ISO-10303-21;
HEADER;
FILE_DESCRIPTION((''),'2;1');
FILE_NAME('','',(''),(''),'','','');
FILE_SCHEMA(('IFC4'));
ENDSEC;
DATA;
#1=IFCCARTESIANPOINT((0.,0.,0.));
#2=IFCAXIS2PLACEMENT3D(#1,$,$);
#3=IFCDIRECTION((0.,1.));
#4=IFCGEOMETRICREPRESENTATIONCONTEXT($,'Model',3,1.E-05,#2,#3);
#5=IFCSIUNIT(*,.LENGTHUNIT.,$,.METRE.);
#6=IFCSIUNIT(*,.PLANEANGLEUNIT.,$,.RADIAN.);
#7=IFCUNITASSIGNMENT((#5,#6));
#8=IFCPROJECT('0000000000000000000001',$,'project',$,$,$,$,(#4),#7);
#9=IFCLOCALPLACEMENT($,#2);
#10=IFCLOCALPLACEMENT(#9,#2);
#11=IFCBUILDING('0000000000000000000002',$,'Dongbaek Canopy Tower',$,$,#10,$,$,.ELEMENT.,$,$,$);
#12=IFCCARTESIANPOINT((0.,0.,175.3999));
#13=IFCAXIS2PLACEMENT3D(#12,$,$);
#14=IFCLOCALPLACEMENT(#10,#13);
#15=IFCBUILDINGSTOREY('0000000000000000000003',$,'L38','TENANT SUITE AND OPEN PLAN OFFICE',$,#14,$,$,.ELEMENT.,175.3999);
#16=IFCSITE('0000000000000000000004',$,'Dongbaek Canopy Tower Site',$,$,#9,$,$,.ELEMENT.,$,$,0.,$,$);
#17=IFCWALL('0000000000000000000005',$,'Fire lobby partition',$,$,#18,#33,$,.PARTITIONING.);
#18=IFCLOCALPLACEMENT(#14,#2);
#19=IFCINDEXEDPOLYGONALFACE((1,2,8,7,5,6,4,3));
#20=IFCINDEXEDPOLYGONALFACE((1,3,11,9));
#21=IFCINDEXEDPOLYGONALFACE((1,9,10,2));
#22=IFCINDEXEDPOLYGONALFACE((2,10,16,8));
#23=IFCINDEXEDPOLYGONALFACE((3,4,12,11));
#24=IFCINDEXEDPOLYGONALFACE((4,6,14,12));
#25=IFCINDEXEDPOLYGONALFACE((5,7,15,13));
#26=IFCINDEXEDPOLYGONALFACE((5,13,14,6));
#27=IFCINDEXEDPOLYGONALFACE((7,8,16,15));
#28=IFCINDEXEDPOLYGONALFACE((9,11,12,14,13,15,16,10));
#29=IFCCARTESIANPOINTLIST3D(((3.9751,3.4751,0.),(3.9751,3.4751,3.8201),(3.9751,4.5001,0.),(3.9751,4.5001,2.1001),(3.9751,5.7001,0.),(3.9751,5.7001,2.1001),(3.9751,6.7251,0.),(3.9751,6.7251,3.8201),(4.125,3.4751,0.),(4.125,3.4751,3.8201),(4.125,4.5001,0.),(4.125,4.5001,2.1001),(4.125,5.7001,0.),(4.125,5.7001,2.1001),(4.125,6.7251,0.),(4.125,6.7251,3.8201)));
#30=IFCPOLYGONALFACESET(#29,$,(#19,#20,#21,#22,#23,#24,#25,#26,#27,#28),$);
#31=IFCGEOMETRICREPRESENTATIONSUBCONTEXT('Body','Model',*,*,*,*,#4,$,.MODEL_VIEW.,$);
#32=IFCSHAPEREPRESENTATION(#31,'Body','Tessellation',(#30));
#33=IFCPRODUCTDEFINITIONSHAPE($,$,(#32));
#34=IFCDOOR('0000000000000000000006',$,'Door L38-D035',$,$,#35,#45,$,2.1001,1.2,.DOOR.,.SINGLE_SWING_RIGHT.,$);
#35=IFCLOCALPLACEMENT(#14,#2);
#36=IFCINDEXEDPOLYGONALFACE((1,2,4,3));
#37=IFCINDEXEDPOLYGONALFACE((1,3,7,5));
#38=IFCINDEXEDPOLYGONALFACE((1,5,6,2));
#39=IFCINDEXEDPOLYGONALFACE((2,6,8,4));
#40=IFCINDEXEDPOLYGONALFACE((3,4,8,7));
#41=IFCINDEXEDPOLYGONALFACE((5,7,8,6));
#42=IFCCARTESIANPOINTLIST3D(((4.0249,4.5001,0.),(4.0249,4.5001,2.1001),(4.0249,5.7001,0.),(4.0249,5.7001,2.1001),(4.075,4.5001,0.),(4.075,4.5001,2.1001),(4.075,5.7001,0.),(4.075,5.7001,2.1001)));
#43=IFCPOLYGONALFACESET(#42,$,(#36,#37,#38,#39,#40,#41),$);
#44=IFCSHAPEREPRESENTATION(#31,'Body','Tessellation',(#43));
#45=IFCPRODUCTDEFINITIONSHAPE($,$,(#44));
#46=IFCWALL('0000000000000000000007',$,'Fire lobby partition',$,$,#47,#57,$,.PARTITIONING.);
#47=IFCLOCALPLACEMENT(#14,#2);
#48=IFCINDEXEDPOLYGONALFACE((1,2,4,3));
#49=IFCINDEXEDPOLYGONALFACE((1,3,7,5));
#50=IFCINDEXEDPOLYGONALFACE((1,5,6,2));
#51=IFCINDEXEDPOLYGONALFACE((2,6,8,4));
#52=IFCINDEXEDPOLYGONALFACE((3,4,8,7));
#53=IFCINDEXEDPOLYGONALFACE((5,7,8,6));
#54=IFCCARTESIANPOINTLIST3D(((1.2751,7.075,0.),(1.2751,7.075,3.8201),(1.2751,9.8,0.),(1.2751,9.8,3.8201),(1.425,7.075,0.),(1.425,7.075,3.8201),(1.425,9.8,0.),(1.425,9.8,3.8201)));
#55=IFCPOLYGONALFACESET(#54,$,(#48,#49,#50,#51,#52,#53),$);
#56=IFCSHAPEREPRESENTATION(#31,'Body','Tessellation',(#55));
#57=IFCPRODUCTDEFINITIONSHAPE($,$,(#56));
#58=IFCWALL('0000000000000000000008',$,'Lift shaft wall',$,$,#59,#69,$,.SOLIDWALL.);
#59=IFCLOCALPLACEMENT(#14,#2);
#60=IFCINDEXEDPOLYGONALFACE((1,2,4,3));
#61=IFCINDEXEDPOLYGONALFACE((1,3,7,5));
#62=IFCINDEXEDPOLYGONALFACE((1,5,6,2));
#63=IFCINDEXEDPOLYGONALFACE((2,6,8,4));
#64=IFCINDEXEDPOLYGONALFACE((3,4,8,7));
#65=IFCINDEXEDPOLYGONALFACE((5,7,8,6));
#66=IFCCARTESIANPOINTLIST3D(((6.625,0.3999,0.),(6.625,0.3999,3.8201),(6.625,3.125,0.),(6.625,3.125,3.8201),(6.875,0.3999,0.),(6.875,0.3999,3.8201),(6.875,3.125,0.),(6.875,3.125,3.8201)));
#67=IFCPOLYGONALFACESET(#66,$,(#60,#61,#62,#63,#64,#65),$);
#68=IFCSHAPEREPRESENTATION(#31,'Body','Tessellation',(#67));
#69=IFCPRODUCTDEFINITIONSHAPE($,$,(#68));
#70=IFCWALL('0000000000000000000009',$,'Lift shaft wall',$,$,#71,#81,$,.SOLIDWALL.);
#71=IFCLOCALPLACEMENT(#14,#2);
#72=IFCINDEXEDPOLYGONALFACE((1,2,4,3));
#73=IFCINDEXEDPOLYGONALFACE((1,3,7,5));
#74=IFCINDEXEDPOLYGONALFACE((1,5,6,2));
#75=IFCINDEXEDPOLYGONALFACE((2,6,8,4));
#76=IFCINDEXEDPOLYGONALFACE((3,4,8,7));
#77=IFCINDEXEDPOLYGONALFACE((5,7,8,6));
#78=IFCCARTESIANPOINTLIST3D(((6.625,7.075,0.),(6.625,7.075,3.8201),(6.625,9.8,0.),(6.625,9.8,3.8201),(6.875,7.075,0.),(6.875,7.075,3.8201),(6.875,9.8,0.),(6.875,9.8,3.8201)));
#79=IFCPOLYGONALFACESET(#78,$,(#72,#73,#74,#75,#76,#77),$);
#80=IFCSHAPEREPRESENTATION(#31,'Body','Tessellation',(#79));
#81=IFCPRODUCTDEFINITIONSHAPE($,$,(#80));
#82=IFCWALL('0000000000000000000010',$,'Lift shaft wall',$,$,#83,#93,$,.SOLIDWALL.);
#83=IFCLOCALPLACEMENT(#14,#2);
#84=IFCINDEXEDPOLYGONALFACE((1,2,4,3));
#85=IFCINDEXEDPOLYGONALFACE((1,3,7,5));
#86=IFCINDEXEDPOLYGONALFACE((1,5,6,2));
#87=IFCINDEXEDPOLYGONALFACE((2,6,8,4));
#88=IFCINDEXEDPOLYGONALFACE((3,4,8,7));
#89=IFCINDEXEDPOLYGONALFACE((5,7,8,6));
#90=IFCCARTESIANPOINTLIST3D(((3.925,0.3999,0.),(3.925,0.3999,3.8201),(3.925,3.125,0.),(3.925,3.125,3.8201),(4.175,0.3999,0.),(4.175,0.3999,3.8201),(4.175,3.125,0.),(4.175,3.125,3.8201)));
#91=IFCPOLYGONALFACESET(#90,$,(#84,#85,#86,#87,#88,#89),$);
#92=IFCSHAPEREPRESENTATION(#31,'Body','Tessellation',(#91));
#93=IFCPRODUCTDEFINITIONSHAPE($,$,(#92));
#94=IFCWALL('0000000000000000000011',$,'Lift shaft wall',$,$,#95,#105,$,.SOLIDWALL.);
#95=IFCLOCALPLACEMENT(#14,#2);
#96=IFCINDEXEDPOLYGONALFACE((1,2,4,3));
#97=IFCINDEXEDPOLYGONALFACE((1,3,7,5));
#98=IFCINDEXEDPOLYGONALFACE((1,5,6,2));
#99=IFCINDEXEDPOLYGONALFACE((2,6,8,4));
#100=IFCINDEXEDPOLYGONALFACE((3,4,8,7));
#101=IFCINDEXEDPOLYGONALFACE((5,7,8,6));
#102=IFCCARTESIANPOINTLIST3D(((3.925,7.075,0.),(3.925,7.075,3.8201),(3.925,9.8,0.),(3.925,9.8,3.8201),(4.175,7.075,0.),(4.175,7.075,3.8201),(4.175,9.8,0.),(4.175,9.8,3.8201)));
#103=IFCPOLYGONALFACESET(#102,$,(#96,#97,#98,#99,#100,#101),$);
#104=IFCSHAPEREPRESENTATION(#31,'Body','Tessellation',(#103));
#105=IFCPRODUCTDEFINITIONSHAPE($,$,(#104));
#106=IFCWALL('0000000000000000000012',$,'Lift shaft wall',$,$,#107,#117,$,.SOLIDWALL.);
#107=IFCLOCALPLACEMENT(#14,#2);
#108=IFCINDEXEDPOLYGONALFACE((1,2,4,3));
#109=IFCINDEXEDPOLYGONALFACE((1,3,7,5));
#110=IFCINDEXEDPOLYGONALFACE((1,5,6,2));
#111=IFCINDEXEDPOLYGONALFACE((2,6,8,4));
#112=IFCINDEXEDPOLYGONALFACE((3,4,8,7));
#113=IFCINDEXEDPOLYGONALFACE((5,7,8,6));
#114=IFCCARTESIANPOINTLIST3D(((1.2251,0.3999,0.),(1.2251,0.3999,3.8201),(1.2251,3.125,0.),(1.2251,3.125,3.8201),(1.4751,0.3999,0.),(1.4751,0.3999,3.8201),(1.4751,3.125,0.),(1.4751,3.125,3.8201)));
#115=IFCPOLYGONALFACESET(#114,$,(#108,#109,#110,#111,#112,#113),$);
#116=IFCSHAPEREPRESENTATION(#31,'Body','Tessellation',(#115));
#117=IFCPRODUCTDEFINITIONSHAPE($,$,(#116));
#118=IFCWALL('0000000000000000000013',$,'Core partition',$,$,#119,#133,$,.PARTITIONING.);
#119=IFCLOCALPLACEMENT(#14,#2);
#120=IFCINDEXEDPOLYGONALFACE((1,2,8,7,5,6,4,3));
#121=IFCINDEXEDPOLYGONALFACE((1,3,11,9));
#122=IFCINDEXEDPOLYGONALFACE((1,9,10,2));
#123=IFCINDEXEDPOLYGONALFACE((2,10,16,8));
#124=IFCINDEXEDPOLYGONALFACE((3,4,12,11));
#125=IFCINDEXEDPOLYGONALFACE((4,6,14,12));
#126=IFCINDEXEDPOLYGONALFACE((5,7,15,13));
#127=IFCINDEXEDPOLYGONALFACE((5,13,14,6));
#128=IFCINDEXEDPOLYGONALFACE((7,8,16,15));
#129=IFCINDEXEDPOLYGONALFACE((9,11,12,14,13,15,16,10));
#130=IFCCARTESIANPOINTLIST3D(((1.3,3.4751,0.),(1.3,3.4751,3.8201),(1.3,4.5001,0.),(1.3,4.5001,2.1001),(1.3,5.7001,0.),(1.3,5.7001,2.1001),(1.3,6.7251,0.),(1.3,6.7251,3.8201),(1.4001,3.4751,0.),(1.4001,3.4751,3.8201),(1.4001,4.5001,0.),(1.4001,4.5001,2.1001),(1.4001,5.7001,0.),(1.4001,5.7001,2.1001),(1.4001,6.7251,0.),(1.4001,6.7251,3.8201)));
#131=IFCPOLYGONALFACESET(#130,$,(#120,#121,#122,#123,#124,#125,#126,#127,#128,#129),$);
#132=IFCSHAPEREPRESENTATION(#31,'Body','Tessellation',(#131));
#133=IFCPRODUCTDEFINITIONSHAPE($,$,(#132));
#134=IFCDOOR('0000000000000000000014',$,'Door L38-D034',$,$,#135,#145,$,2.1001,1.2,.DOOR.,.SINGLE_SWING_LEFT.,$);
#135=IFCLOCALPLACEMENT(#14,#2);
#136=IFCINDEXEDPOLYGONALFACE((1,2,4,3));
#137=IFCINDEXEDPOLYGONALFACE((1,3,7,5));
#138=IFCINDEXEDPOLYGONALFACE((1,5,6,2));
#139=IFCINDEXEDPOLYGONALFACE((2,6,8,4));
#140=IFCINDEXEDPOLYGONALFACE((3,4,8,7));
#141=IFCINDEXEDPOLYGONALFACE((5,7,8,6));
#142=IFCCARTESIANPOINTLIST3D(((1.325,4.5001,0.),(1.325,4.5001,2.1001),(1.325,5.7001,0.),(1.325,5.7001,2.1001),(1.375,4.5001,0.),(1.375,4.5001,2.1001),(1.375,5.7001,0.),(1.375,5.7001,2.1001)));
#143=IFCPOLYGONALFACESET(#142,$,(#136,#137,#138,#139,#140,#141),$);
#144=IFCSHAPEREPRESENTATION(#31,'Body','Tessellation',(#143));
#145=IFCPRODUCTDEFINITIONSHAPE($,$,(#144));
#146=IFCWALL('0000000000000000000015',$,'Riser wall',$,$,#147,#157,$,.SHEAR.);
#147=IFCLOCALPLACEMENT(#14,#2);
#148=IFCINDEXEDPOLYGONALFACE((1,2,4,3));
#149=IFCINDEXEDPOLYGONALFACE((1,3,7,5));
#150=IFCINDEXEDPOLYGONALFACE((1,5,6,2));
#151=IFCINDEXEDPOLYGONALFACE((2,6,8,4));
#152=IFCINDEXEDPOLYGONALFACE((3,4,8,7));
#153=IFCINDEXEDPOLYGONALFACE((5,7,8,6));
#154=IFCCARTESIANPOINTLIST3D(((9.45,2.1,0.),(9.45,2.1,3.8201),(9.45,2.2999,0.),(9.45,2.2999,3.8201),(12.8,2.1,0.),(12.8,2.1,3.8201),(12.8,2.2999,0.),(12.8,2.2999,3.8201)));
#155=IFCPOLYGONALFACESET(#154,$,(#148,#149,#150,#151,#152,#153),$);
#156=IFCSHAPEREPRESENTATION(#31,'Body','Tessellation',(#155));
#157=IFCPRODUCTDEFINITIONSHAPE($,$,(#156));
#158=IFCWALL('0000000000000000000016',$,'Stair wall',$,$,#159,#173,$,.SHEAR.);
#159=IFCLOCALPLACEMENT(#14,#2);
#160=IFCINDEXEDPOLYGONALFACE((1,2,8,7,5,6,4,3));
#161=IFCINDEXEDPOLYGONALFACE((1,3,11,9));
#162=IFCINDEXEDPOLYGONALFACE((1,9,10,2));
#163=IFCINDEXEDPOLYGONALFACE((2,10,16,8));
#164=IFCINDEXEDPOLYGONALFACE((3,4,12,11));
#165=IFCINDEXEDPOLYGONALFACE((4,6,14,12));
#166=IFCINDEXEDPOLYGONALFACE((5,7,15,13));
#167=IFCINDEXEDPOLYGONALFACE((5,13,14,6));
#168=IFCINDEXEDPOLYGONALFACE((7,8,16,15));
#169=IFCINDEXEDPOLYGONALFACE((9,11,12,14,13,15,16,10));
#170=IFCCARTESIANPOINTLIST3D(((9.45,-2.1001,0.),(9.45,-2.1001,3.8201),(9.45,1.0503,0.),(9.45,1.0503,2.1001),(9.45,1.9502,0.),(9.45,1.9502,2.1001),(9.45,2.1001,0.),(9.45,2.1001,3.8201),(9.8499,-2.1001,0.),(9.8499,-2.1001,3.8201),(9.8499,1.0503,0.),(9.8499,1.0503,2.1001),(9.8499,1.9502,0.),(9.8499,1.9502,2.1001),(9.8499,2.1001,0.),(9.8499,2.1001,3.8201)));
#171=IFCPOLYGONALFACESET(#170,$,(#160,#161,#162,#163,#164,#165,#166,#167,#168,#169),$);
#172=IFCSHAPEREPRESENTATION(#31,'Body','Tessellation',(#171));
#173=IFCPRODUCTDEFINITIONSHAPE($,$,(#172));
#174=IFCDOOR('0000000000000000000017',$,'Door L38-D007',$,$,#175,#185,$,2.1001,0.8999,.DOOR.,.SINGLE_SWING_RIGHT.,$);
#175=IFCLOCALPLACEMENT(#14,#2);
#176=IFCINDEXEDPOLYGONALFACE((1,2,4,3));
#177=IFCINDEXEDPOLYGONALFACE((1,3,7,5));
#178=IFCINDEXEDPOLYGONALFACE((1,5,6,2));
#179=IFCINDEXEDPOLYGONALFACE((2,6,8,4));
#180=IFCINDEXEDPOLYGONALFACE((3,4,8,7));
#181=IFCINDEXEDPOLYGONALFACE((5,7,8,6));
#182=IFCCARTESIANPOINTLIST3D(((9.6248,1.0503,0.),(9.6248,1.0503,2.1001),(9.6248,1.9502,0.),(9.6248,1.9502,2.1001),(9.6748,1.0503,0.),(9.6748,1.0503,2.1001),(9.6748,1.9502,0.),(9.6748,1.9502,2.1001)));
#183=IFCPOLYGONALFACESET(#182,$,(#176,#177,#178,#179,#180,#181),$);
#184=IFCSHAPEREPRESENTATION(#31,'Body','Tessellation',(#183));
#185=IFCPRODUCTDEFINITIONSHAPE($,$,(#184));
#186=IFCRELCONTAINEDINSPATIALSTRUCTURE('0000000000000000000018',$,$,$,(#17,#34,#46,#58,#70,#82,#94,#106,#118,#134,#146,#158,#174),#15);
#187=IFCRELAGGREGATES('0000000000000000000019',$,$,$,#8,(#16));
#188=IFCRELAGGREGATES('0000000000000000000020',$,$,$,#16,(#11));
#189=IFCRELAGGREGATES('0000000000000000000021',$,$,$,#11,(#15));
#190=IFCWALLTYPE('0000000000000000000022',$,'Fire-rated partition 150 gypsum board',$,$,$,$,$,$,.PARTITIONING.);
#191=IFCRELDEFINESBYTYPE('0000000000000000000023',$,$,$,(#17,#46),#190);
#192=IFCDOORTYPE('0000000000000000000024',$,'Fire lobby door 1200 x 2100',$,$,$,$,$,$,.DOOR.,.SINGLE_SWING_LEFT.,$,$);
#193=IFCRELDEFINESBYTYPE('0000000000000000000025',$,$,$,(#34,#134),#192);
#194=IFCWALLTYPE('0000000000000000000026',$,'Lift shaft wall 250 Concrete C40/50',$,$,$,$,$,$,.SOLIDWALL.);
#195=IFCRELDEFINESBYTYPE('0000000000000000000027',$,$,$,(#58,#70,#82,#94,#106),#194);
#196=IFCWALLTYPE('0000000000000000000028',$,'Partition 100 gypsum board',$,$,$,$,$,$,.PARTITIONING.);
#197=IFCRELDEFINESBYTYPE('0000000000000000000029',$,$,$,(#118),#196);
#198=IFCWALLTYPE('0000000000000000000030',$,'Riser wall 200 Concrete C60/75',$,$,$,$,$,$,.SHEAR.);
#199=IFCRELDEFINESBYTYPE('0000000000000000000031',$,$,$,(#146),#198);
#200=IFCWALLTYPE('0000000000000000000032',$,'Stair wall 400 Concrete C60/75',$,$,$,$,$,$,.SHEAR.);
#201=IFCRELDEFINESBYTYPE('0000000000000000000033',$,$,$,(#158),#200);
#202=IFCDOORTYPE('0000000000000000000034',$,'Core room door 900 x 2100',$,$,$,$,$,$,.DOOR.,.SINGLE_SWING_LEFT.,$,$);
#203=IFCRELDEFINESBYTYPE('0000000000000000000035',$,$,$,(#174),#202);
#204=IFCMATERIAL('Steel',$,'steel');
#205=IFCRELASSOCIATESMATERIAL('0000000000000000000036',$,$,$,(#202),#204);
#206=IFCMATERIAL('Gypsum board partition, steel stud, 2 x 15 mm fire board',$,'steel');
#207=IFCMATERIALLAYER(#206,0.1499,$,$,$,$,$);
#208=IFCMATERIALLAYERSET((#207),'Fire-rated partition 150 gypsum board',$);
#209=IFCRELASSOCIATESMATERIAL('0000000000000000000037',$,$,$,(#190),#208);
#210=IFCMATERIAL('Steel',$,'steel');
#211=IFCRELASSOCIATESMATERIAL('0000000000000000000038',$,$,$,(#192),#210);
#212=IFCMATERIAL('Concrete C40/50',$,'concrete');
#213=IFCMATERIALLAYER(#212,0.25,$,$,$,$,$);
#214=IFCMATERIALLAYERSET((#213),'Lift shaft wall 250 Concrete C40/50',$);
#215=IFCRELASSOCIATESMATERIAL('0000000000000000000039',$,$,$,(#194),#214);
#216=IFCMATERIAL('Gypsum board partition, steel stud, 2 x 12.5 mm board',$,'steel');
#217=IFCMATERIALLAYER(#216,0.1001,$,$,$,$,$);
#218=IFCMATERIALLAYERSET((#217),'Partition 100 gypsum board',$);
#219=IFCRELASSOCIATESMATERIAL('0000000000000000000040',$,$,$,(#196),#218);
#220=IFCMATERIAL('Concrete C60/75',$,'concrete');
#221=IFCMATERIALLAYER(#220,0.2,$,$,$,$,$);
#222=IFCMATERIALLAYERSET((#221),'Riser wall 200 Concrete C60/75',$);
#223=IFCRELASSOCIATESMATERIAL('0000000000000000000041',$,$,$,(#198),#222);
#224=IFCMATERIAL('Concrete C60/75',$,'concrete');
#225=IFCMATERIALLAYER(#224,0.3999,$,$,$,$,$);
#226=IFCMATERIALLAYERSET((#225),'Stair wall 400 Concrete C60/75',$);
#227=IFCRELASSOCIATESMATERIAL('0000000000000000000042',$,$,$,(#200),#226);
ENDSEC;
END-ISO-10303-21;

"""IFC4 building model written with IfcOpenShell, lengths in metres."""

from ifc_helpers import new_model, si_unit, direction, frame, frame_2d, origin, place, context, subcontext, project, spatial, rectangle, extrude, material, layer, layer_set, type_object, element, fill, save


model = new_model("IFC4")

# Units and contexts
model_context = context("Model", 3, precision=1e-05, world=origin(), true_north=direction((0.0, 1.0)))
body_context = subcontext(model_context, "Body", "Model", "MODEL_VIEW")
ifc_project = project(units=[si_unit("LENGTHUNIT", "METRE"), si_unit("PLANEANGLEUNIT", "RADIAN")], contexts=[model_context])

# Site, building, storey
site_placement = place(None, origin())
site = spatial("IfcSite", under=ifc_project, at=site_placement, Name="Dongbaek Canopy Tower Site", CompositionType="ELEMENT", RefElevation=0.0)
building_placement = place(site_placement, origin())
building = spatial("IfcBuilding", under=site, at=building_placement, Name="Dongbaek Canopy Tower", CompositionType="ELEMENT")
storey_placement = place(building_placement, frame((0.0, 0.0, 175.3999)))
storey = spatial("IfcBuildingStorey", under=building, at=storey_placement, Name="L38", Description="TENANT SUITE AND OPEN PLAN OFFICE", CompositionType="ELEMENT", Elevation=175.3999)

# Shared definitions
ifc_material_1 = material(Name="Steel", Category="steel")
door_type_1 = type_object("IfcDoorType", Name="Core room door 900 x 2100", OperationType="SINGLE_SWING_LEFT", PredefinedType="DOOR", material=ifc_material_1)

# Wall, opening, door
ifc_material_2 = material(Name="Gypsum board partition, steel stud, 2 x 15 mm fire board", Category="steel")
ifc_layer_1 = layer(ifc_material_2, 0.1499)
ifc_layer_set_1 = layer_set([ifc_layer_1], Name="Fire-rated partition 150 gypsum board")
wall_type_1 = type_object("IfcWallType", Name="Fire-rated partition 150 gypsum board", PredefinedType="PARTITIONING", material=ifc_layer_set_1)
wall_1_placement = place(storey_placement, frame((4.05, 6.7251, 0.0), z_axis=(0.0, 0.0, 1.0), x_axis=(0.0, -1.0, 0.0)))
wall_1 = element("IfcWall", 1, at=wall_1_placement, inside=storey, type_object=wall_type_1, Name="Fire lobby partition", PredefinedType="PARTITIONING", context=body_context, shape_type="SweptSolid", body=[
    extrude(rectangle(XDim=3.25, YDim=0.1499, at=frame_2d((1.625, 0.0))), origin(), (0.0, 0.0, 1.0), 3.8201),
])
opening_1_placement = place(wall_1_placement, frame((1.0249, 0.0, 0.0)))
opening_1 = element("IfcOpeningElement", 2, at=opening_1_placement, cuts=wall_1, PredefinedType="OPENING", context=body_context, shape_type="SweptSolid", body=[
    extrude(rectangle(XDim=1.2, YDim=2.1001, at=frame_2d((0.6001, 1.05))), frame((0.0, 0.085, 0.0), z_axis=(0.0, -1.0, 0.0), x_axis=(1.0, 0.0, 0.0)), (0.0, 0.0, 1.0), 0.1699),
])
ifc_material_3 = material(Name="Steel", Category="steel")
door_type_2 = type_object("IfcDoorType", Name="Fire lobby door 1200 x 2100", OperationType="SINGLE_SWING_LEFT", PredefinedType="DOOR", material=ifc_material_3)
door_1_placement = place(opening_1_placement, origin())
door_1 = element("IfcDoor", 3, at=door_1_placement, inside=storey, type_object=door_type_2, Name="Door L38-D035", OperationType="SINGLE_SWING_RIGHT", OverallHeight=2.1001, OverallWidth=1.2, PredefinedType="DOOR", context=body_context, shape_type="SweptSolid", body=[
    extrude(rectangle(XDim=1.2, YDim=2.1001, at=frame_2d((0.6001, 1.05))), frame((0.0, 0.0249, 0.0), z_axis=(0.0, -1.0, 0.0), x_axis=(1.0, 0.0, 0.0)), (0.0, 0.0, 1.0), 0.05),
])
fill(opening_1, door_1)

# Walls
wall_2_placement = place(storey_placement, frame((1.3501, 7.075, 0.0), z_axis=(0.0, 0.0, 1.0), x_axis=(0.0, 1.0, 0.0)))
element("IfcWall", 4, at=wall_2_placement, inside=storey, type_object=wall_type_1, Name="Fire lobby partition", PredefinedType="PARTITIONING", context=body_context, shape_type="SweptSolid", body=[
    extrude(rectangle(XDim=2.7251, YDim=0.1499, at=frame_2d((1.3625, 0.0))), origin(), (0.0, 0.0, 1.0), 3.8201),
])
ifc_material_4 = material(Name="Concrete C40/50", Category="concrete")
ifc_layer_2 = layer(ifc_material_4, 0.25)
ifc_layer_set_2 = layer_set([ifc_layer_2], Name="Lift shaft wall 250 Concrete C40/50")
wall_type_2 = type_object("IfcWallType", Name="Lift shaft wall 250 Concrete C40/50", PredefinedType="SOLIDWALL", material=ifc_layer_set_2)
for number, where, z_axis, x_axis, name in (
    (5, (6.75, 0.3999, 0.0), (0.0, 0.0, 1.0), (0.0, 1.0, 0.0), "Lift shaft wall"),
    (6, (6.75, 7.075, 0.0), (0.0, 0.0, 1.0), (0.0, 1.0, 0.0), "Lift shaft wall"),
    (7, (4.05, 0.3999, 0.0), (0.0, 0.0, 1.0), (0.0, 1.0, 0.0), "Lift shaft wall"),
    (8, (4.05, 7.075, 0.0), (0.0, 0.0, 1.0), (0.0, 1.0, 0.0), "Lift shaft wall"),
    (9, (1.3501, 0.3999, 0.0), (0.0, 0.0, 1.0), (0.0, 1.0, 0.0), "Lift shaft wall"),
):
    element("IfcWall", number, at=place(storey_placement, frame(where, z_axis=z_axis, x_axis=x_axis)), inside=storey, type_object=wall_type_2, Name=name, PredefinedType="SOLIDWALL", context=body_context, shape_type="SweptSolid", body=[
        extrude(rectangle(XDim=2.7251, YDim=0.25, at=frame_2d((1.3625, 0.0))), origin(), (0.0, 0.0, 1.0), 3.8201),
    ])

# Wall, opening, door
ifc_material_5 = material(Name="Gypsum board partition, steel stud, 2 x 12.5 mm board", Category="steel")
ifc_layer_3 = layer(ifc_material_5, 0.1001)
ifc_layer_set_3 = layer_set([ifc_layer_3], Name="Partition 100 gypsum board")
wall_type_3 = type_object("IfcWallType", Name="Partition 100 gypsum board", PredefinedType="PARTITIONING", material=ifc_layer_set_3)
wall_3_placement = place(storey_placement, frame((1.3501, 6.7251, 0.0), z_axis=(0.0, 0.0, 1.0), x_axis=(0.0, -1.0, 0.0)))
wall_3 = element("IfcWall", 10, at=wall_3_placement, inside=storey, type_object=wall_type_3, Name="Core partition", PredefinedType="PARTITIONING", context=body_context, shape_type="SweptSolid", body=[
    extrude(rectangle(XDim=3.25, YDim=0.1001, at=frame_2d((1.625, 0.0))), origin(), (0.0, 0.0, 1.0), 3.8201),
])
opening_2_placement = place(wall_3_placement, frame((1.0249, 0.0, 0.0)))
opening_2 = element("IfcOpeningElement", 11, at=opening_2_placement, cuts=wall_3, PredefinedType="OPENING", context=body_context, shape_type="SweptSolid", body=[
    extrude(rectangle(XDim=1.2, YDim=2.1001, at=frame_2d((0.6001, 1.05))), frame((0.0, 0.0601, 0.0), z_axis=(0.0, -1.0, 0.0), x_axis=(1.0, 0.0, 0.0)), (0.0, 0.0, 1.0), 0.1201),
])
door_2_placement = place(opening_2_placement, origin())
door_2 = element("IfcDoor", 12, at=door_2_placement, inside=storey, type_object=door_type_2, Name="Door L38-D034", OperationType="SINGLE_SWING_LEFT", OverallHeight=2.1001, OverallWidth=1.2, PredefinedType="DOOR", context=body_context, shape_type="SweptSolid", body=[
    extrude(rectangle(XDim=1.2, YDim=2.1001, at=frame_2d((0.6001, 1.05))), frame((0.0, 0.0249, 0.0), z_axis=(0.0, -1.0, 0.0), x_axis=(1.0, 0.0, 0.0)), (0.0, 0.0, 1.0), 0.05),
])
fill(opening_2, door_2)

# Wall
ifc_material_6 = material(Name="Concrete C60/75", Category="concrete")
ifc_layer_4 = layer(ifc_material_6, 0.2)
ifc_layer_set_4 = layer_set([ifc_layer_4], Name="Riser wall 200 Concrete C60/75")
wall_type_4 = type_object("IfcWallType", Name="Riser wall 200 Concrete C60/75", PredefinedType="SHEAR", material=ifc_layer_set_4)
wall_4_placement = place(storey_placement, frame((9.45, 2.2, 0.0), z_axis=(0.0, 0.0, 1.0), x_axis=(1.0, 0.0, 0.0)))
element("IfcWall", 13, at=wall_4_placement, inside=storey, type_object=wall_type_4, Name="Riser wall", PredefinedType="SHEAR", context=body_context, shape_type="SweptSolid", body=[
    extrude(rectangle(XDim=3.3501, YDim=0.2, at=frame_2d((1.675, 0.0))), origin(), (0.0, 0.0, 1.0), 3.8201),
])

# Wall, opening, door
ifc_material_7 = material(Name="Concrete C60/75", Category="concrete")
ifc_layer_5 = layer(ifc_material_7, 0.3999)
ifc_layer_set_5 = layer_set([ifc_layer_5], Name="Stair wall 400 Concrete C60/75")
wall_type_5 = type_object("IfcWallType", Name="Stair wall 400 Concrete C60/75", PredefinedType="SHEAR", material=ifc_layer_set_5)
wall_5_placement = place(storey_placement, frame((9.6499, 2.1001, 0.0), z_axis=(0.0, 0.0, 1.0), x_axis=(0.0, -1.0, 0.0)))
wall_5 = element("IfcWall", 14, at=wall_5_placement, inside=storey, type_object=wall_type_5, Name="Stair wall", PredefinedType="SHEAR", context=body_context, shape_type="SweptSolid", body=[
    extrude(rectangle(XDim=4.2002, YDim=0.3999, at=frame_2d((2.1001, 0.0))), origin(), (0.0, 0.0, 1.0), 3.8201),
])
opening_3_placement = place(wall_5_placement, frame((0.1499, 0.0, 0.0)))
opening_3 = element("IfcOpeningElement", 15, at=opening_3_placement, cuts=wall_5, PredefinedType="OPENING", context=body_context, shape_type="SweptSolid", body=[
    extrude(rectangle(XDim=0.8999, YDim=2.1001, at=frame_2d((0.45, 1.05))), frame((0.0, 0.21, 0.0), z_axis=(0.0, -1.0, 0.0), x_axis=(1.0, 0.0, 0.0)), (0.0, 0.0, 1.0), 0.4199),
])
door_3_placement = place(opening_3_placement, origin())
door_3 = element("IfcDoor", 16, at=door_3_placement, inside=storey, type_object=door_type_1, Name="Door L38-D007", OperationType="SINGLE_SWING_RIGHT", OverallHeight=2.1001, OverallWidth=0.8999, PredefinedType="DOOR", context=body_context, shape_type="SweptSolid", body=[
    extrude(rectangle(XDim=0.8999, YDim=2.1001, at=frame_2d((0.45, 1.05))), frame((0.0, 0.0249, 0.0), z_axis=(0.0, -1.0, 0.0), x_axis=(1.0, 0.0, 0.0)), (0.0, 0.0, 1.0), 0.05),
])
fill(opening_3, door_3)

save(model, "model.ifc")
